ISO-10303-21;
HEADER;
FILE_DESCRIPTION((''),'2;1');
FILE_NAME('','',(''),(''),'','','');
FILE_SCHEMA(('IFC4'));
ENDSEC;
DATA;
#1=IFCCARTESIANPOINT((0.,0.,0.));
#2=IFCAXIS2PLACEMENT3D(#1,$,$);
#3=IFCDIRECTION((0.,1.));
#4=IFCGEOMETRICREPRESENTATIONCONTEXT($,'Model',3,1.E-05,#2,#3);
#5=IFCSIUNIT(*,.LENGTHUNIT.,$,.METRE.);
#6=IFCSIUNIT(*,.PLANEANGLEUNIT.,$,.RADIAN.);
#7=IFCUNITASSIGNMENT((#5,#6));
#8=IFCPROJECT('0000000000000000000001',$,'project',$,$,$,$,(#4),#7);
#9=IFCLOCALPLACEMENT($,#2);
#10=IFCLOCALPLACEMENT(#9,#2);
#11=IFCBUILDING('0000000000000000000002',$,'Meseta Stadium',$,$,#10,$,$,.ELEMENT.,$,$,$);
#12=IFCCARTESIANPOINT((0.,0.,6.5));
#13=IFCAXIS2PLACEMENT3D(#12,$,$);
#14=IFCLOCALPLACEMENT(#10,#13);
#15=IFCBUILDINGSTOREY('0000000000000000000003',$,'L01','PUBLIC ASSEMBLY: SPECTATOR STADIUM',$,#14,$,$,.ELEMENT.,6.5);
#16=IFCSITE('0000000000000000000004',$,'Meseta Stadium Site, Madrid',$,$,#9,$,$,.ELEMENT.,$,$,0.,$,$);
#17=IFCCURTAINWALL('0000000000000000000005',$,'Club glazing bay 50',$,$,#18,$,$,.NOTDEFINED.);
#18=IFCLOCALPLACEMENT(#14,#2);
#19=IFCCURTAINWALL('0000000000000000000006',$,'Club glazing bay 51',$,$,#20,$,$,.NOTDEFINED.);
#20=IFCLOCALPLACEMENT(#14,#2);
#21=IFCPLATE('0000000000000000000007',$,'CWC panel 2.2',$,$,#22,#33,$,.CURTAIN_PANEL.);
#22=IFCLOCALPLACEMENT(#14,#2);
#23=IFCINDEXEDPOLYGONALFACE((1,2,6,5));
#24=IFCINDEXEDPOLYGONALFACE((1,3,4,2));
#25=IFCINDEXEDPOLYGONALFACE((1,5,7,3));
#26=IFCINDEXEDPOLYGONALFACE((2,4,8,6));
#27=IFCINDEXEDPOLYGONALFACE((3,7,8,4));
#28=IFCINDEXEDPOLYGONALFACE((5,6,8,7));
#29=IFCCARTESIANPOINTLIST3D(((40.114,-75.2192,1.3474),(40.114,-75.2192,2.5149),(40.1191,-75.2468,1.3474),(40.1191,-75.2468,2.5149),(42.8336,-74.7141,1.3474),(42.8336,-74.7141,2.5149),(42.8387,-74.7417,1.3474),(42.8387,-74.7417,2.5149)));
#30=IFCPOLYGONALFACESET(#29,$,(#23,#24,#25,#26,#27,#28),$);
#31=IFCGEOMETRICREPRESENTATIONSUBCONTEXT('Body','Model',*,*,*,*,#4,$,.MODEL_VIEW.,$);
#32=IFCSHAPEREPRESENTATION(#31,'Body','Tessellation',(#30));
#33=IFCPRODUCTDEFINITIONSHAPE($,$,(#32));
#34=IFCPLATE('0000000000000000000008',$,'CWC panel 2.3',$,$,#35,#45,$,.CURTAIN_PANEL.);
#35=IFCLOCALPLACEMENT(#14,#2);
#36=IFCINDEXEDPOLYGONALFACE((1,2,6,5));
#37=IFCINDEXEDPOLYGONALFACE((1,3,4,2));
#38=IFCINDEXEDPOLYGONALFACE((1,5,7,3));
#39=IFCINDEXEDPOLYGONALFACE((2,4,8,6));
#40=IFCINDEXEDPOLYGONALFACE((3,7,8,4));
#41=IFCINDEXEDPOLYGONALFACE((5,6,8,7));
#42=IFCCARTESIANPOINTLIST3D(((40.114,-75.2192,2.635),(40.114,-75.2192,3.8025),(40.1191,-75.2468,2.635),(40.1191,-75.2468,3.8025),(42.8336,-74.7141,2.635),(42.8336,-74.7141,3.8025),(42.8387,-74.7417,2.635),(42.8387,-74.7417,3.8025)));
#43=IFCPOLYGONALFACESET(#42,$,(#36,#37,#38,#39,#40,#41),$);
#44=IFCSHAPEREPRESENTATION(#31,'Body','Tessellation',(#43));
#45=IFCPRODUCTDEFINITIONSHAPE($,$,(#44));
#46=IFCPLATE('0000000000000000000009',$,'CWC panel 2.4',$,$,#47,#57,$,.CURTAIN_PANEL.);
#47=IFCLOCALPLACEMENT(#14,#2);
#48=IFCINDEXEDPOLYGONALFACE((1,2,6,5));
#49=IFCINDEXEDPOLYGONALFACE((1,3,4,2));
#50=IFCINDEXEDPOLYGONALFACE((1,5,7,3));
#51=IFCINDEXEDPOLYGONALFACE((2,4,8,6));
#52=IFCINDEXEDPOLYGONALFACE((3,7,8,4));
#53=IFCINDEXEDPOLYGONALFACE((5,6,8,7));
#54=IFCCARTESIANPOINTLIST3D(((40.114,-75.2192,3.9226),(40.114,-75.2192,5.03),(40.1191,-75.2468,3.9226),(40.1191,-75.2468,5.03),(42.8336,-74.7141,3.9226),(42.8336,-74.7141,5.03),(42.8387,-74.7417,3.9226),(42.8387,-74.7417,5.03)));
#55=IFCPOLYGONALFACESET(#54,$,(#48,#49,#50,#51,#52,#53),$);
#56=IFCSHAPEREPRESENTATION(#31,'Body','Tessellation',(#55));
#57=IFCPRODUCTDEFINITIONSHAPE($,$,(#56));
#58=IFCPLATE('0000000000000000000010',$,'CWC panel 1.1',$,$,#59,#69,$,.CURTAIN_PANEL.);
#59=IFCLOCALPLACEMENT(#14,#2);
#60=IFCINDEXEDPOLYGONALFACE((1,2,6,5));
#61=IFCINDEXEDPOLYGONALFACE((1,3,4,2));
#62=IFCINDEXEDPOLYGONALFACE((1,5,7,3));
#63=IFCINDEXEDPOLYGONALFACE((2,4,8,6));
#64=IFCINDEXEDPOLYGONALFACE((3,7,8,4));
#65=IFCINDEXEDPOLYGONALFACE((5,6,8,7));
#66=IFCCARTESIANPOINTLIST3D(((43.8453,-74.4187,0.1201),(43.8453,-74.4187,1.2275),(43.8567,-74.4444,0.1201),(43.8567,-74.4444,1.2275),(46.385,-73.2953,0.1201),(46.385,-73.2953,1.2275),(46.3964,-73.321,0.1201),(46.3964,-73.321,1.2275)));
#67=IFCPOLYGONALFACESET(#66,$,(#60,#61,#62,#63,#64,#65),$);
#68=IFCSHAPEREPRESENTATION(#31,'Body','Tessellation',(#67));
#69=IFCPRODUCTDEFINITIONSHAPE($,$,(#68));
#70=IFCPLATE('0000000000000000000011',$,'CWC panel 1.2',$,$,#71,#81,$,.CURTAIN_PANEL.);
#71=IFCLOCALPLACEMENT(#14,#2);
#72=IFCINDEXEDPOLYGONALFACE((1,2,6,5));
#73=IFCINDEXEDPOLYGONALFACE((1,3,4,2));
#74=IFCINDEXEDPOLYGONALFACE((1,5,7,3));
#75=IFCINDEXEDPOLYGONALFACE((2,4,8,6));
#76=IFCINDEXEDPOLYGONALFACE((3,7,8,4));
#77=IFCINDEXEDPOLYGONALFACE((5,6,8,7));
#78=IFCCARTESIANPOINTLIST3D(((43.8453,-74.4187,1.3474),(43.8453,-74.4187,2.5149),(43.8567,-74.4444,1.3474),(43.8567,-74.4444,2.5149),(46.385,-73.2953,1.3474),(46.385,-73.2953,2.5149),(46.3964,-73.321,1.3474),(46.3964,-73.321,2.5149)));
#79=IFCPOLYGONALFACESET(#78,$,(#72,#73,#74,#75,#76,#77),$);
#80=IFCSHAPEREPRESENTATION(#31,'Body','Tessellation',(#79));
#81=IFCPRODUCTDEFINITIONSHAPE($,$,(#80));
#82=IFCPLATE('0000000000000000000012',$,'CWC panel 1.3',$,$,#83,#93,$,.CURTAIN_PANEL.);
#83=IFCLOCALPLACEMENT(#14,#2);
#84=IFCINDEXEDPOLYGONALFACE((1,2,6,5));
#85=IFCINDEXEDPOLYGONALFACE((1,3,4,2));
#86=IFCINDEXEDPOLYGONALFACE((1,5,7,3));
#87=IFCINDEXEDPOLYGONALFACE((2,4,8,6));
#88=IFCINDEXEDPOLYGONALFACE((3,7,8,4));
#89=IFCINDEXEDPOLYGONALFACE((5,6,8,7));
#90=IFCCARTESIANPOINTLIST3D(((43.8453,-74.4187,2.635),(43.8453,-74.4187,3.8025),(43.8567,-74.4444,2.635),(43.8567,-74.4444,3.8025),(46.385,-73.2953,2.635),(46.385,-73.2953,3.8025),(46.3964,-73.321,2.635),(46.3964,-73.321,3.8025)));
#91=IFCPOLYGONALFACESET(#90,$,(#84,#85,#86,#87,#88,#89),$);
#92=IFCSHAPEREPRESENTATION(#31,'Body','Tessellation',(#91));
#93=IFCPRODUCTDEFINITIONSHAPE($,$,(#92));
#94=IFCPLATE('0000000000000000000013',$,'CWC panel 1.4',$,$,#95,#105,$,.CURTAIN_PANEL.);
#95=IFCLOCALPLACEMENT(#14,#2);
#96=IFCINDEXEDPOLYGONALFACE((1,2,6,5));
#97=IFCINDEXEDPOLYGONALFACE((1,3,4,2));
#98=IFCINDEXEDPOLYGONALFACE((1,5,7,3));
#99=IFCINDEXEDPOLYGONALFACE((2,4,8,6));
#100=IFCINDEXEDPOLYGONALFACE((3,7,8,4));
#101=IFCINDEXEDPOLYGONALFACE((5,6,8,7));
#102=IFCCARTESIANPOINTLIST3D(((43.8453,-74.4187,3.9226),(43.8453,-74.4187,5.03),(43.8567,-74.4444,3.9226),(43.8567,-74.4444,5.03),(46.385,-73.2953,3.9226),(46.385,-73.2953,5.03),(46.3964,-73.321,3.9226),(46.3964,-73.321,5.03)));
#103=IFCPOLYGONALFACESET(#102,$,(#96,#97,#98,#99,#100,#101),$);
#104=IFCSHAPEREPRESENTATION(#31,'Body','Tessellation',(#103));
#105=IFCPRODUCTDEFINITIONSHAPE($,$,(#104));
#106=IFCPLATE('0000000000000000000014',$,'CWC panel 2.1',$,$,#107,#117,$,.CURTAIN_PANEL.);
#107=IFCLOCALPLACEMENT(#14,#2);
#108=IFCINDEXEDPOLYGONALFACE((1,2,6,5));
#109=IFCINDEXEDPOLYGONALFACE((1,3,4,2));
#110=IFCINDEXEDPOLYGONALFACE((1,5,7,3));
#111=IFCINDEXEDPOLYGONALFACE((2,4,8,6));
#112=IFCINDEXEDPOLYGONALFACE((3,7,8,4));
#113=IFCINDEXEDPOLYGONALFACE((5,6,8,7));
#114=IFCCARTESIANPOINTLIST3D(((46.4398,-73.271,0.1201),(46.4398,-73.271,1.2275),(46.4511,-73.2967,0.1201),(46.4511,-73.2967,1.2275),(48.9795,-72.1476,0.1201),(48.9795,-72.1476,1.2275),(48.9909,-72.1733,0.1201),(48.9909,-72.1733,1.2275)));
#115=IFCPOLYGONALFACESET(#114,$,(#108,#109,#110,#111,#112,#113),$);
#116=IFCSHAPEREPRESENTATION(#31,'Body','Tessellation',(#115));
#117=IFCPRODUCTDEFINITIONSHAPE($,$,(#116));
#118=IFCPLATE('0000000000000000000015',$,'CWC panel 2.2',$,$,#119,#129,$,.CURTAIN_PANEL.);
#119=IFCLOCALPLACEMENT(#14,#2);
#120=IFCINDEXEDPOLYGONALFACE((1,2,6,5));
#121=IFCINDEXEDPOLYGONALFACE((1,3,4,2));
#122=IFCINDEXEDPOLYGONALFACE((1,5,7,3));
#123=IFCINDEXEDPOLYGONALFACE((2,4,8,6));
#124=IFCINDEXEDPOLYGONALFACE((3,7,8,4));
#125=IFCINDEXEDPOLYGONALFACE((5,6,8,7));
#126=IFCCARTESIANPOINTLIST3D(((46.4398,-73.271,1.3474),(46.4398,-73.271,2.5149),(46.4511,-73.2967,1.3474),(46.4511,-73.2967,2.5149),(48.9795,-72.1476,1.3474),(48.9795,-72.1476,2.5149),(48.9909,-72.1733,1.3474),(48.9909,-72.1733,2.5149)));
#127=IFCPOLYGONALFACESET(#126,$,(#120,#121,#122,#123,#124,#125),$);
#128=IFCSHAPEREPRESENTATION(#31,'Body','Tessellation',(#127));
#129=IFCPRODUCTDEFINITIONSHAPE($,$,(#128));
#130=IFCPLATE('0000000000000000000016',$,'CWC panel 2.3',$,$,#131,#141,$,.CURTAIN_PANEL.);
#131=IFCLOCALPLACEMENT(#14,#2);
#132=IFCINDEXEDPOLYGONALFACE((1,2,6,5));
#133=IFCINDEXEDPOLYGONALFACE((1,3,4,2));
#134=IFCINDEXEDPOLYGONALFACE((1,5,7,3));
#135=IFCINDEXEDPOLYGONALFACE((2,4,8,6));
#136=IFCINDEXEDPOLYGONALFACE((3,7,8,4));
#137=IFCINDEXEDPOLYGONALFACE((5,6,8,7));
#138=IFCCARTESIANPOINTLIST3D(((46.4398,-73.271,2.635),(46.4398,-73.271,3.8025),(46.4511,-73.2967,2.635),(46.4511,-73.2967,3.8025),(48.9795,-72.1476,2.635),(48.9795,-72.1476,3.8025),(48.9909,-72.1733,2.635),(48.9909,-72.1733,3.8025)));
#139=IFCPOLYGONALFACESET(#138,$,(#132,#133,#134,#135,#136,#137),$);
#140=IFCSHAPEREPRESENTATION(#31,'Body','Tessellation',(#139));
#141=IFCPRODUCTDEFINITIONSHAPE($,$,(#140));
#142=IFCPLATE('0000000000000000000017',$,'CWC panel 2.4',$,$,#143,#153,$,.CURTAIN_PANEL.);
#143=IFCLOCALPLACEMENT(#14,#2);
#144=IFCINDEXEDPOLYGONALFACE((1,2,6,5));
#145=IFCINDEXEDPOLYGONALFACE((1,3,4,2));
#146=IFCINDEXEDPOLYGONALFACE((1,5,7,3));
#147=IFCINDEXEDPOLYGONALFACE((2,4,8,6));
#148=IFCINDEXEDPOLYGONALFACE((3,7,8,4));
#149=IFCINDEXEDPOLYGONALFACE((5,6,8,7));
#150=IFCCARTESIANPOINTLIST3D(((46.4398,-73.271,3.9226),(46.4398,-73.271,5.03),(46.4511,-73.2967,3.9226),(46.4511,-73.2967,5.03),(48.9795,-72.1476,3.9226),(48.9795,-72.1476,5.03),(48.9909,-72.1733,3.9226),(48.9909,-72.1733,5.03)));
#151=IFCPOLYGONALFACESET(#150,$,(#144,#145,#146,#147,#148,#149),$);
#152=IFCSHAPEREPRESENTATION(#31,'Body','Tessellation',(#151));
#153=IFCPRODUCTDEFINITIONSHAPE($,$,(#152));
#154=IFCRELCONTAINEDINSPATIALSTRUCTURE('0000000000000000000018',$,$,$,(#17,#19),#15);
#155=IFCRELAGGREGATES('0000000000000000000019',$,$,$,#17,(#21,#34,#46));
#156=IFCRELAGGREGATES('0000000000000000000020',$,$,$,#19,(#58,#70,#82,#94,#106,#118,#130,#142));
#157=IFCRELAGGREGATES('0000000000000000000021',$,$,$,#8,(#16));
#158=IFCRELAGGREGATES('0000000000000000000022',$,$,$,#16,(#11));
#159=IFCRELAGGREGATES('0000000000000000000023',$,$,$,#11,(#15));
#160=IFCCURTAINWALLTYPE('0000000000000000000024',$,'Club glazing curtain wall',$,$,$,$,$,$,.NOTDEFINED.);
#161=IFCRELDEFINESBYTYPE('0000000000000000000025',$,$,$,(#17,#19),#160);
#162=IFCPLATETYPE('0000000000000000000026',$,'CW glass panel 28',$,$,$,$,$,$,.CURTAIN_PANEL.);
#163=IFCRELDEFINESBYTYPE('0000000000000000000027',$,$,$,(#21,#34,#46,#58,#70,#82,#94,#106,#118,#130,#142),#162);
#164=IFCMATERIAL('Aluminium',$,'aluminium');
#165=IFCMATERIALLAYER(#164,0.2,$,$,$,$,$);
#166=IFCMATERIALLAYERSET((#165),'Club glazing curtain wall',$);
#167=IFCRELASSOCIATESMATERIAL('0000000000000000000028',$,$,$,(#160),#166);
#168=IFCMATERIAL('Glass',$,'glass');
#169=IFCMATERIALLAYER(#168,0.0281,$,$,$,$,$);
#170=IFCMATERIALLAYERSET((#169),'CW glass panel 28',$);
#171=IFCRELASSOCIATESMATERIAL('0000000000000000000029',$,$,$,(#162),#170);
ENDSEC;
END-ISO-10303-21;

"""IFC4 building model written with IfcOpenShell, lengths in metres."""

from ifc_helpers import new_model, si_unit, direction, frame, origin, origin_2d, place, context, subcontext, project, spatial, rectangle, extrude, material, layer, layer_set, type_object, element, aggregate, save


model = new_model("IFC4")

# Units and contexts
model_context = context("Model", 3, precision=1e-05, world=origin(), true_north=direction((0.0, 1.0)))
body_context = subcontext(model_context, "Body", "Model", "MODEL_VIEW")
ifc_project = project(units=[si_unit("LENGTHUNIT", "METRE"), si_unit("PLANEANGLEUNIT", "RADIAN")], contexts=[model_context])

# Site, building, storey
site_placement = place(None, origin())
site = spatial("IfcSite", under=ifc_project, at=site_placement, Name="Meseta Stadium Site, Madrid", CompositionType="ELEMENT", RefElevation=0.0)
building_placement = place(site_placement, origin())
building = spatial("IfcBuilding", under=site, at=building_placement, Name="Meseta Stadium", CompositionType="ELEMENT")
storey_placement = place(building_placement, frame((0.0, 0.0, 6.5)))
storey = spatial("IfcBuildingStorey", under=building, at=storey_placement, Name="L01", Description="PUBLIC ASSEMBLY: SPECTATOR STADIUM", CompositionType="ELEMENT", Elevation=6.5)

# Curtain walls
ifc_material_1 = material(Name="Aluminium", Category="aluminium")
ifc_layer_1 = layer(ifc_material_1, 0.2)
ifc_layer_set_1 = layer_set([ifc_layer_1], Name="Club glazing curtain wall")
curtain_wall_type = type_object("IfcCurtainWallType", Name="Club glazing curtain wall", PredefinedType="NOTDEFINED", material=ifc_layer_set_1)
curtain_wall_1_placement = place(storey_placement, origin())
curtain_wall_1 = element("IfcCurtainWall", 1, at=curtain_wall_1_placement, inside=storey, type_object=curtain_wall_type, Name="Club glazing bay 50", PredefinedType="NOTDEFINED")
curtain_wall_2_placement = place(storey_placement, origin())
curtain_wall_2 = element("IfcCurtainWall", 2, at=curtain_wall_2_placement, inside=storey, type_object=curtain_wall_type, Name="Club glazing bay 51", PredefinedType="NOTDEFINED")

# Plates
ifc_material_2 = material(Name="Glass", Category="glass")
ifc_layer_2 = layer(ifc_material_2, 0.0281)
ifc_layer_set_2 = layer_set([ifc_layer_2], Name="CW glass panel 28")
plate_type = type_object("IfcPlateType", Name="CW glass panel 28", PredefinedType="CURTAIN_PANEL", material=ifc_layer_set_2)
plate_1_placement = place(storey_placement, frame((41.4763, -74.9805, 1.3474), z_axis=(0.0, 0.0, 1.0), x_axis=(0.983187, 0.1826, 0.0)))
plate_1 = element("IfcPlate", 3, at=plate_1_placement, type_object=plate_type, Name="CWC panel 2.2", PredefinedType="CURTAIN_PANEL", context=body_context, shape_type="SweptSolid", body=[
    extrude(rectangle(XDim=2.7661, YDim=0.0281, at=origin_2d()), origin(), (0.0, 0.0, 1.0), 1.1675),
])
plate_2_placement = place(storey_placement, frame((41.4763, -74.9805, 2.635), z_axis=(0.0, 0.0, 1.0), x_axis=(0.983187, 0.1826, 0.0)))
plate_2 = element("IfcPlate", 4, at=plate_2_placement, type_object=plate_type, Name="CWC panel 2.3", PredefinedType="CURTAIN_PANEL", context=body_context, shape_type="SweptSolid", body=[
    extrude(rectangle(XDim=2.7661, YDim=0.0281, at=origin_2d()), origin(), (0.0, 0.0, 1.0), 1.1675),
])
plate_3_placement = place(storey_placement, frame((41.4763, -74.9805, 3.9226), z_axis=(0.0, 0.0, 1.0), x_axis=(0.983187, 0.1826, 0.0)))
plate_3 = element("IfcPlate", 5, at=plate_3_placement, type_object=plate_type, Name="CWC panel 2.4", PredefinedType="CURTAIN_PANEL", context=body_context, shape_type="SweptSolid", body=[
    extrude(rectangle(XDim=2.7661, YDim=0.0281, at=origin_2d()), origin(), (0.0, 0.0, 1.0), 1.1074),
])
aggregate(curtain_wall_1, [plate_1, plate_2, plate_3])
plate_4_placement = place(storey_placement, frame((45.1208, -73.8699, 0.1201), z_axis=(0.0, 0.0, 1.0), x_axis=(0.914527, 0.404524, 0.0)))
plate_4 = element("IfcPlate", 6, at=plate_4_placement, type_object=plate_type, Name="CWC panel 1.1", PredefinedType="CURTAIN_PANEL", context=body_context, shape_type="SweptSolid", body=[
    extrude(rectangle(XDim=2.7771, YDim=0.0281, at=origin_2d()), origin(), (0.0, 0.0, 1.0), 1.1074),
])
plate_5_placement = place(storey_placement, frame((45.1208, -73.8699, 1.3474), z_axis=(0.0, 0.0, 1.0), x_axis=(0.914527, 0.404524, 0.0)))
plate_5 = element("IfcPlate", 7, at=plate_5_placement, type_object=plate_type, Name="CWC panel 1.2", PredefinedType="CURTAIN_PANEL", context=body_context, shape_type="SweptSolid", body=[
    extrude(rectangle(XDim=2.7771, YDim=0.0281, at=origin_2d()), origin(), (0.0, 0.0, 1.0), 1.1675),
])
plate_6_placement = place(storey_placement, frame((45.1208, -73.8699, 2.635), z_axis=(0.0, 0.0, 1.0), x_axis=(0.914527, 0.404524, 0.0)))
plate_6 = element("IfcPlate", 8, at=plate_6_placement, type_object=plate_type, Name="CWC panel 1.3", PredefinedType="CURTAIN_PANEL", context=body_context, shape_type="SweptSolid", body=[
    extrude(rectangle(XDim=2.7771, YDim=0.0281, at=origin_2d()), origin(), (0.0, 0.0, 1.0), 1.1675),
])
plate_7_placement = place(storey_placement, frame((45.1208, -73.8699, 3.9226), z_axis=(0.0, 0.0, 1.0), x_axis=(0.914527, 0.404524, 0.0)))
plate_7 = element("IfcPlate", 9, at=plate_7_placement, type_object=plate_type, Name="CWC panel 1.4", PredefinedType="CURTAIN_PANEL", context=body_context, shape_type="SweptSolid", body=[
    extrude(rectangle(XDim=2.7771, YDim=0.0281, at=origin_2d()), origin(), (0.0, 0.0, 1.0), 1.1074),
])
plate_8_placement = place(storey_placement, frame((47.7153, -72.7222, 0.1201), z_axis=(0.0, 0.0, 1.0), x_axis=(0.914527, 0.404524, 0.0)))
plate_8 = element("IfcPlate", 10, at=plate_8_placement, type_object=plate_type, Name="CWC panel 2.1", PredefinedType="CURTAIN_PANEL", context=body_context, shape_type="SweptSolid", body=[
    extrude(rectangle(XDim=2.7771, YDim=0.0281, at=origin_2d()), origin(), (0.0, 0.0, 1.0), 1.1074),
])
plate_9_placement = place(storey_placement, frame((47.7153, -72.7222, 1.3474), z_axis=(0.0, 0.0, 1.0), x_axis=(0.914527, 0.404524, 0.0)))
plate_9 = element("IfcPlate", 11, at=plate_9_placement, type_object=plate_type, Name="CWC panel 2.2", PredefinedType="CURTAIN_PANEL", context=body_context, shape_type="SweptSolid", body=[
    extrude(rectangle(XDim=2.7771, YDim=0.0281, at=origin_2d()), origin(), (0.0, 0.0, 1.0), 1.1675),
])
plate_10_placement = place(storey_placement, frame((47.7153, -72.7222, 2.635), z_axis=(0.0, 0.0, 1.0), x_axis=(0.914527, 0.404524, 0.0)))
plate_10 = element("IfcPlate", 12, at=plate_10_placement, type_object=plate_type, Name="CWC panel 2.3", PredefinedType="CURTAIN_PANEL", context=body_context, shape_type="SweptSolid", body=[
    extrude(rectangle(XDim=2.7771, YDim=0.0281, at=origin_2d()), origin(), (0.0, 0.0, 1.0), 1.1675),
])
plate_11_placement = place(storey_placement, frame((47.7153, -72.7222, 3.9226), z_axis=(0.0, 0.0, 1.0), x_axis=(0.914527, 0.404524, 0.0)))
plate_11 = element("IfcPlate", 13, at=plate_11_placement, type_object=plate_type, Name="CWC panel 2.4", PredefinedType="CURTAIN_PANEL", context=body_context, shape_type="SweptSolid", body=[
    extrude(rectangle(XDim=2.7771, YDim=0.0281, at=origin_2d()), origin(), (0.0, 0.0, 1.0), 1.1074),
])
aggregate(curtain_wall_2, [plate_4, plate_5, plate_6, plate_7, plate_8, plate_9, plate_10, plate_11])

save(model, "model.ifc")
